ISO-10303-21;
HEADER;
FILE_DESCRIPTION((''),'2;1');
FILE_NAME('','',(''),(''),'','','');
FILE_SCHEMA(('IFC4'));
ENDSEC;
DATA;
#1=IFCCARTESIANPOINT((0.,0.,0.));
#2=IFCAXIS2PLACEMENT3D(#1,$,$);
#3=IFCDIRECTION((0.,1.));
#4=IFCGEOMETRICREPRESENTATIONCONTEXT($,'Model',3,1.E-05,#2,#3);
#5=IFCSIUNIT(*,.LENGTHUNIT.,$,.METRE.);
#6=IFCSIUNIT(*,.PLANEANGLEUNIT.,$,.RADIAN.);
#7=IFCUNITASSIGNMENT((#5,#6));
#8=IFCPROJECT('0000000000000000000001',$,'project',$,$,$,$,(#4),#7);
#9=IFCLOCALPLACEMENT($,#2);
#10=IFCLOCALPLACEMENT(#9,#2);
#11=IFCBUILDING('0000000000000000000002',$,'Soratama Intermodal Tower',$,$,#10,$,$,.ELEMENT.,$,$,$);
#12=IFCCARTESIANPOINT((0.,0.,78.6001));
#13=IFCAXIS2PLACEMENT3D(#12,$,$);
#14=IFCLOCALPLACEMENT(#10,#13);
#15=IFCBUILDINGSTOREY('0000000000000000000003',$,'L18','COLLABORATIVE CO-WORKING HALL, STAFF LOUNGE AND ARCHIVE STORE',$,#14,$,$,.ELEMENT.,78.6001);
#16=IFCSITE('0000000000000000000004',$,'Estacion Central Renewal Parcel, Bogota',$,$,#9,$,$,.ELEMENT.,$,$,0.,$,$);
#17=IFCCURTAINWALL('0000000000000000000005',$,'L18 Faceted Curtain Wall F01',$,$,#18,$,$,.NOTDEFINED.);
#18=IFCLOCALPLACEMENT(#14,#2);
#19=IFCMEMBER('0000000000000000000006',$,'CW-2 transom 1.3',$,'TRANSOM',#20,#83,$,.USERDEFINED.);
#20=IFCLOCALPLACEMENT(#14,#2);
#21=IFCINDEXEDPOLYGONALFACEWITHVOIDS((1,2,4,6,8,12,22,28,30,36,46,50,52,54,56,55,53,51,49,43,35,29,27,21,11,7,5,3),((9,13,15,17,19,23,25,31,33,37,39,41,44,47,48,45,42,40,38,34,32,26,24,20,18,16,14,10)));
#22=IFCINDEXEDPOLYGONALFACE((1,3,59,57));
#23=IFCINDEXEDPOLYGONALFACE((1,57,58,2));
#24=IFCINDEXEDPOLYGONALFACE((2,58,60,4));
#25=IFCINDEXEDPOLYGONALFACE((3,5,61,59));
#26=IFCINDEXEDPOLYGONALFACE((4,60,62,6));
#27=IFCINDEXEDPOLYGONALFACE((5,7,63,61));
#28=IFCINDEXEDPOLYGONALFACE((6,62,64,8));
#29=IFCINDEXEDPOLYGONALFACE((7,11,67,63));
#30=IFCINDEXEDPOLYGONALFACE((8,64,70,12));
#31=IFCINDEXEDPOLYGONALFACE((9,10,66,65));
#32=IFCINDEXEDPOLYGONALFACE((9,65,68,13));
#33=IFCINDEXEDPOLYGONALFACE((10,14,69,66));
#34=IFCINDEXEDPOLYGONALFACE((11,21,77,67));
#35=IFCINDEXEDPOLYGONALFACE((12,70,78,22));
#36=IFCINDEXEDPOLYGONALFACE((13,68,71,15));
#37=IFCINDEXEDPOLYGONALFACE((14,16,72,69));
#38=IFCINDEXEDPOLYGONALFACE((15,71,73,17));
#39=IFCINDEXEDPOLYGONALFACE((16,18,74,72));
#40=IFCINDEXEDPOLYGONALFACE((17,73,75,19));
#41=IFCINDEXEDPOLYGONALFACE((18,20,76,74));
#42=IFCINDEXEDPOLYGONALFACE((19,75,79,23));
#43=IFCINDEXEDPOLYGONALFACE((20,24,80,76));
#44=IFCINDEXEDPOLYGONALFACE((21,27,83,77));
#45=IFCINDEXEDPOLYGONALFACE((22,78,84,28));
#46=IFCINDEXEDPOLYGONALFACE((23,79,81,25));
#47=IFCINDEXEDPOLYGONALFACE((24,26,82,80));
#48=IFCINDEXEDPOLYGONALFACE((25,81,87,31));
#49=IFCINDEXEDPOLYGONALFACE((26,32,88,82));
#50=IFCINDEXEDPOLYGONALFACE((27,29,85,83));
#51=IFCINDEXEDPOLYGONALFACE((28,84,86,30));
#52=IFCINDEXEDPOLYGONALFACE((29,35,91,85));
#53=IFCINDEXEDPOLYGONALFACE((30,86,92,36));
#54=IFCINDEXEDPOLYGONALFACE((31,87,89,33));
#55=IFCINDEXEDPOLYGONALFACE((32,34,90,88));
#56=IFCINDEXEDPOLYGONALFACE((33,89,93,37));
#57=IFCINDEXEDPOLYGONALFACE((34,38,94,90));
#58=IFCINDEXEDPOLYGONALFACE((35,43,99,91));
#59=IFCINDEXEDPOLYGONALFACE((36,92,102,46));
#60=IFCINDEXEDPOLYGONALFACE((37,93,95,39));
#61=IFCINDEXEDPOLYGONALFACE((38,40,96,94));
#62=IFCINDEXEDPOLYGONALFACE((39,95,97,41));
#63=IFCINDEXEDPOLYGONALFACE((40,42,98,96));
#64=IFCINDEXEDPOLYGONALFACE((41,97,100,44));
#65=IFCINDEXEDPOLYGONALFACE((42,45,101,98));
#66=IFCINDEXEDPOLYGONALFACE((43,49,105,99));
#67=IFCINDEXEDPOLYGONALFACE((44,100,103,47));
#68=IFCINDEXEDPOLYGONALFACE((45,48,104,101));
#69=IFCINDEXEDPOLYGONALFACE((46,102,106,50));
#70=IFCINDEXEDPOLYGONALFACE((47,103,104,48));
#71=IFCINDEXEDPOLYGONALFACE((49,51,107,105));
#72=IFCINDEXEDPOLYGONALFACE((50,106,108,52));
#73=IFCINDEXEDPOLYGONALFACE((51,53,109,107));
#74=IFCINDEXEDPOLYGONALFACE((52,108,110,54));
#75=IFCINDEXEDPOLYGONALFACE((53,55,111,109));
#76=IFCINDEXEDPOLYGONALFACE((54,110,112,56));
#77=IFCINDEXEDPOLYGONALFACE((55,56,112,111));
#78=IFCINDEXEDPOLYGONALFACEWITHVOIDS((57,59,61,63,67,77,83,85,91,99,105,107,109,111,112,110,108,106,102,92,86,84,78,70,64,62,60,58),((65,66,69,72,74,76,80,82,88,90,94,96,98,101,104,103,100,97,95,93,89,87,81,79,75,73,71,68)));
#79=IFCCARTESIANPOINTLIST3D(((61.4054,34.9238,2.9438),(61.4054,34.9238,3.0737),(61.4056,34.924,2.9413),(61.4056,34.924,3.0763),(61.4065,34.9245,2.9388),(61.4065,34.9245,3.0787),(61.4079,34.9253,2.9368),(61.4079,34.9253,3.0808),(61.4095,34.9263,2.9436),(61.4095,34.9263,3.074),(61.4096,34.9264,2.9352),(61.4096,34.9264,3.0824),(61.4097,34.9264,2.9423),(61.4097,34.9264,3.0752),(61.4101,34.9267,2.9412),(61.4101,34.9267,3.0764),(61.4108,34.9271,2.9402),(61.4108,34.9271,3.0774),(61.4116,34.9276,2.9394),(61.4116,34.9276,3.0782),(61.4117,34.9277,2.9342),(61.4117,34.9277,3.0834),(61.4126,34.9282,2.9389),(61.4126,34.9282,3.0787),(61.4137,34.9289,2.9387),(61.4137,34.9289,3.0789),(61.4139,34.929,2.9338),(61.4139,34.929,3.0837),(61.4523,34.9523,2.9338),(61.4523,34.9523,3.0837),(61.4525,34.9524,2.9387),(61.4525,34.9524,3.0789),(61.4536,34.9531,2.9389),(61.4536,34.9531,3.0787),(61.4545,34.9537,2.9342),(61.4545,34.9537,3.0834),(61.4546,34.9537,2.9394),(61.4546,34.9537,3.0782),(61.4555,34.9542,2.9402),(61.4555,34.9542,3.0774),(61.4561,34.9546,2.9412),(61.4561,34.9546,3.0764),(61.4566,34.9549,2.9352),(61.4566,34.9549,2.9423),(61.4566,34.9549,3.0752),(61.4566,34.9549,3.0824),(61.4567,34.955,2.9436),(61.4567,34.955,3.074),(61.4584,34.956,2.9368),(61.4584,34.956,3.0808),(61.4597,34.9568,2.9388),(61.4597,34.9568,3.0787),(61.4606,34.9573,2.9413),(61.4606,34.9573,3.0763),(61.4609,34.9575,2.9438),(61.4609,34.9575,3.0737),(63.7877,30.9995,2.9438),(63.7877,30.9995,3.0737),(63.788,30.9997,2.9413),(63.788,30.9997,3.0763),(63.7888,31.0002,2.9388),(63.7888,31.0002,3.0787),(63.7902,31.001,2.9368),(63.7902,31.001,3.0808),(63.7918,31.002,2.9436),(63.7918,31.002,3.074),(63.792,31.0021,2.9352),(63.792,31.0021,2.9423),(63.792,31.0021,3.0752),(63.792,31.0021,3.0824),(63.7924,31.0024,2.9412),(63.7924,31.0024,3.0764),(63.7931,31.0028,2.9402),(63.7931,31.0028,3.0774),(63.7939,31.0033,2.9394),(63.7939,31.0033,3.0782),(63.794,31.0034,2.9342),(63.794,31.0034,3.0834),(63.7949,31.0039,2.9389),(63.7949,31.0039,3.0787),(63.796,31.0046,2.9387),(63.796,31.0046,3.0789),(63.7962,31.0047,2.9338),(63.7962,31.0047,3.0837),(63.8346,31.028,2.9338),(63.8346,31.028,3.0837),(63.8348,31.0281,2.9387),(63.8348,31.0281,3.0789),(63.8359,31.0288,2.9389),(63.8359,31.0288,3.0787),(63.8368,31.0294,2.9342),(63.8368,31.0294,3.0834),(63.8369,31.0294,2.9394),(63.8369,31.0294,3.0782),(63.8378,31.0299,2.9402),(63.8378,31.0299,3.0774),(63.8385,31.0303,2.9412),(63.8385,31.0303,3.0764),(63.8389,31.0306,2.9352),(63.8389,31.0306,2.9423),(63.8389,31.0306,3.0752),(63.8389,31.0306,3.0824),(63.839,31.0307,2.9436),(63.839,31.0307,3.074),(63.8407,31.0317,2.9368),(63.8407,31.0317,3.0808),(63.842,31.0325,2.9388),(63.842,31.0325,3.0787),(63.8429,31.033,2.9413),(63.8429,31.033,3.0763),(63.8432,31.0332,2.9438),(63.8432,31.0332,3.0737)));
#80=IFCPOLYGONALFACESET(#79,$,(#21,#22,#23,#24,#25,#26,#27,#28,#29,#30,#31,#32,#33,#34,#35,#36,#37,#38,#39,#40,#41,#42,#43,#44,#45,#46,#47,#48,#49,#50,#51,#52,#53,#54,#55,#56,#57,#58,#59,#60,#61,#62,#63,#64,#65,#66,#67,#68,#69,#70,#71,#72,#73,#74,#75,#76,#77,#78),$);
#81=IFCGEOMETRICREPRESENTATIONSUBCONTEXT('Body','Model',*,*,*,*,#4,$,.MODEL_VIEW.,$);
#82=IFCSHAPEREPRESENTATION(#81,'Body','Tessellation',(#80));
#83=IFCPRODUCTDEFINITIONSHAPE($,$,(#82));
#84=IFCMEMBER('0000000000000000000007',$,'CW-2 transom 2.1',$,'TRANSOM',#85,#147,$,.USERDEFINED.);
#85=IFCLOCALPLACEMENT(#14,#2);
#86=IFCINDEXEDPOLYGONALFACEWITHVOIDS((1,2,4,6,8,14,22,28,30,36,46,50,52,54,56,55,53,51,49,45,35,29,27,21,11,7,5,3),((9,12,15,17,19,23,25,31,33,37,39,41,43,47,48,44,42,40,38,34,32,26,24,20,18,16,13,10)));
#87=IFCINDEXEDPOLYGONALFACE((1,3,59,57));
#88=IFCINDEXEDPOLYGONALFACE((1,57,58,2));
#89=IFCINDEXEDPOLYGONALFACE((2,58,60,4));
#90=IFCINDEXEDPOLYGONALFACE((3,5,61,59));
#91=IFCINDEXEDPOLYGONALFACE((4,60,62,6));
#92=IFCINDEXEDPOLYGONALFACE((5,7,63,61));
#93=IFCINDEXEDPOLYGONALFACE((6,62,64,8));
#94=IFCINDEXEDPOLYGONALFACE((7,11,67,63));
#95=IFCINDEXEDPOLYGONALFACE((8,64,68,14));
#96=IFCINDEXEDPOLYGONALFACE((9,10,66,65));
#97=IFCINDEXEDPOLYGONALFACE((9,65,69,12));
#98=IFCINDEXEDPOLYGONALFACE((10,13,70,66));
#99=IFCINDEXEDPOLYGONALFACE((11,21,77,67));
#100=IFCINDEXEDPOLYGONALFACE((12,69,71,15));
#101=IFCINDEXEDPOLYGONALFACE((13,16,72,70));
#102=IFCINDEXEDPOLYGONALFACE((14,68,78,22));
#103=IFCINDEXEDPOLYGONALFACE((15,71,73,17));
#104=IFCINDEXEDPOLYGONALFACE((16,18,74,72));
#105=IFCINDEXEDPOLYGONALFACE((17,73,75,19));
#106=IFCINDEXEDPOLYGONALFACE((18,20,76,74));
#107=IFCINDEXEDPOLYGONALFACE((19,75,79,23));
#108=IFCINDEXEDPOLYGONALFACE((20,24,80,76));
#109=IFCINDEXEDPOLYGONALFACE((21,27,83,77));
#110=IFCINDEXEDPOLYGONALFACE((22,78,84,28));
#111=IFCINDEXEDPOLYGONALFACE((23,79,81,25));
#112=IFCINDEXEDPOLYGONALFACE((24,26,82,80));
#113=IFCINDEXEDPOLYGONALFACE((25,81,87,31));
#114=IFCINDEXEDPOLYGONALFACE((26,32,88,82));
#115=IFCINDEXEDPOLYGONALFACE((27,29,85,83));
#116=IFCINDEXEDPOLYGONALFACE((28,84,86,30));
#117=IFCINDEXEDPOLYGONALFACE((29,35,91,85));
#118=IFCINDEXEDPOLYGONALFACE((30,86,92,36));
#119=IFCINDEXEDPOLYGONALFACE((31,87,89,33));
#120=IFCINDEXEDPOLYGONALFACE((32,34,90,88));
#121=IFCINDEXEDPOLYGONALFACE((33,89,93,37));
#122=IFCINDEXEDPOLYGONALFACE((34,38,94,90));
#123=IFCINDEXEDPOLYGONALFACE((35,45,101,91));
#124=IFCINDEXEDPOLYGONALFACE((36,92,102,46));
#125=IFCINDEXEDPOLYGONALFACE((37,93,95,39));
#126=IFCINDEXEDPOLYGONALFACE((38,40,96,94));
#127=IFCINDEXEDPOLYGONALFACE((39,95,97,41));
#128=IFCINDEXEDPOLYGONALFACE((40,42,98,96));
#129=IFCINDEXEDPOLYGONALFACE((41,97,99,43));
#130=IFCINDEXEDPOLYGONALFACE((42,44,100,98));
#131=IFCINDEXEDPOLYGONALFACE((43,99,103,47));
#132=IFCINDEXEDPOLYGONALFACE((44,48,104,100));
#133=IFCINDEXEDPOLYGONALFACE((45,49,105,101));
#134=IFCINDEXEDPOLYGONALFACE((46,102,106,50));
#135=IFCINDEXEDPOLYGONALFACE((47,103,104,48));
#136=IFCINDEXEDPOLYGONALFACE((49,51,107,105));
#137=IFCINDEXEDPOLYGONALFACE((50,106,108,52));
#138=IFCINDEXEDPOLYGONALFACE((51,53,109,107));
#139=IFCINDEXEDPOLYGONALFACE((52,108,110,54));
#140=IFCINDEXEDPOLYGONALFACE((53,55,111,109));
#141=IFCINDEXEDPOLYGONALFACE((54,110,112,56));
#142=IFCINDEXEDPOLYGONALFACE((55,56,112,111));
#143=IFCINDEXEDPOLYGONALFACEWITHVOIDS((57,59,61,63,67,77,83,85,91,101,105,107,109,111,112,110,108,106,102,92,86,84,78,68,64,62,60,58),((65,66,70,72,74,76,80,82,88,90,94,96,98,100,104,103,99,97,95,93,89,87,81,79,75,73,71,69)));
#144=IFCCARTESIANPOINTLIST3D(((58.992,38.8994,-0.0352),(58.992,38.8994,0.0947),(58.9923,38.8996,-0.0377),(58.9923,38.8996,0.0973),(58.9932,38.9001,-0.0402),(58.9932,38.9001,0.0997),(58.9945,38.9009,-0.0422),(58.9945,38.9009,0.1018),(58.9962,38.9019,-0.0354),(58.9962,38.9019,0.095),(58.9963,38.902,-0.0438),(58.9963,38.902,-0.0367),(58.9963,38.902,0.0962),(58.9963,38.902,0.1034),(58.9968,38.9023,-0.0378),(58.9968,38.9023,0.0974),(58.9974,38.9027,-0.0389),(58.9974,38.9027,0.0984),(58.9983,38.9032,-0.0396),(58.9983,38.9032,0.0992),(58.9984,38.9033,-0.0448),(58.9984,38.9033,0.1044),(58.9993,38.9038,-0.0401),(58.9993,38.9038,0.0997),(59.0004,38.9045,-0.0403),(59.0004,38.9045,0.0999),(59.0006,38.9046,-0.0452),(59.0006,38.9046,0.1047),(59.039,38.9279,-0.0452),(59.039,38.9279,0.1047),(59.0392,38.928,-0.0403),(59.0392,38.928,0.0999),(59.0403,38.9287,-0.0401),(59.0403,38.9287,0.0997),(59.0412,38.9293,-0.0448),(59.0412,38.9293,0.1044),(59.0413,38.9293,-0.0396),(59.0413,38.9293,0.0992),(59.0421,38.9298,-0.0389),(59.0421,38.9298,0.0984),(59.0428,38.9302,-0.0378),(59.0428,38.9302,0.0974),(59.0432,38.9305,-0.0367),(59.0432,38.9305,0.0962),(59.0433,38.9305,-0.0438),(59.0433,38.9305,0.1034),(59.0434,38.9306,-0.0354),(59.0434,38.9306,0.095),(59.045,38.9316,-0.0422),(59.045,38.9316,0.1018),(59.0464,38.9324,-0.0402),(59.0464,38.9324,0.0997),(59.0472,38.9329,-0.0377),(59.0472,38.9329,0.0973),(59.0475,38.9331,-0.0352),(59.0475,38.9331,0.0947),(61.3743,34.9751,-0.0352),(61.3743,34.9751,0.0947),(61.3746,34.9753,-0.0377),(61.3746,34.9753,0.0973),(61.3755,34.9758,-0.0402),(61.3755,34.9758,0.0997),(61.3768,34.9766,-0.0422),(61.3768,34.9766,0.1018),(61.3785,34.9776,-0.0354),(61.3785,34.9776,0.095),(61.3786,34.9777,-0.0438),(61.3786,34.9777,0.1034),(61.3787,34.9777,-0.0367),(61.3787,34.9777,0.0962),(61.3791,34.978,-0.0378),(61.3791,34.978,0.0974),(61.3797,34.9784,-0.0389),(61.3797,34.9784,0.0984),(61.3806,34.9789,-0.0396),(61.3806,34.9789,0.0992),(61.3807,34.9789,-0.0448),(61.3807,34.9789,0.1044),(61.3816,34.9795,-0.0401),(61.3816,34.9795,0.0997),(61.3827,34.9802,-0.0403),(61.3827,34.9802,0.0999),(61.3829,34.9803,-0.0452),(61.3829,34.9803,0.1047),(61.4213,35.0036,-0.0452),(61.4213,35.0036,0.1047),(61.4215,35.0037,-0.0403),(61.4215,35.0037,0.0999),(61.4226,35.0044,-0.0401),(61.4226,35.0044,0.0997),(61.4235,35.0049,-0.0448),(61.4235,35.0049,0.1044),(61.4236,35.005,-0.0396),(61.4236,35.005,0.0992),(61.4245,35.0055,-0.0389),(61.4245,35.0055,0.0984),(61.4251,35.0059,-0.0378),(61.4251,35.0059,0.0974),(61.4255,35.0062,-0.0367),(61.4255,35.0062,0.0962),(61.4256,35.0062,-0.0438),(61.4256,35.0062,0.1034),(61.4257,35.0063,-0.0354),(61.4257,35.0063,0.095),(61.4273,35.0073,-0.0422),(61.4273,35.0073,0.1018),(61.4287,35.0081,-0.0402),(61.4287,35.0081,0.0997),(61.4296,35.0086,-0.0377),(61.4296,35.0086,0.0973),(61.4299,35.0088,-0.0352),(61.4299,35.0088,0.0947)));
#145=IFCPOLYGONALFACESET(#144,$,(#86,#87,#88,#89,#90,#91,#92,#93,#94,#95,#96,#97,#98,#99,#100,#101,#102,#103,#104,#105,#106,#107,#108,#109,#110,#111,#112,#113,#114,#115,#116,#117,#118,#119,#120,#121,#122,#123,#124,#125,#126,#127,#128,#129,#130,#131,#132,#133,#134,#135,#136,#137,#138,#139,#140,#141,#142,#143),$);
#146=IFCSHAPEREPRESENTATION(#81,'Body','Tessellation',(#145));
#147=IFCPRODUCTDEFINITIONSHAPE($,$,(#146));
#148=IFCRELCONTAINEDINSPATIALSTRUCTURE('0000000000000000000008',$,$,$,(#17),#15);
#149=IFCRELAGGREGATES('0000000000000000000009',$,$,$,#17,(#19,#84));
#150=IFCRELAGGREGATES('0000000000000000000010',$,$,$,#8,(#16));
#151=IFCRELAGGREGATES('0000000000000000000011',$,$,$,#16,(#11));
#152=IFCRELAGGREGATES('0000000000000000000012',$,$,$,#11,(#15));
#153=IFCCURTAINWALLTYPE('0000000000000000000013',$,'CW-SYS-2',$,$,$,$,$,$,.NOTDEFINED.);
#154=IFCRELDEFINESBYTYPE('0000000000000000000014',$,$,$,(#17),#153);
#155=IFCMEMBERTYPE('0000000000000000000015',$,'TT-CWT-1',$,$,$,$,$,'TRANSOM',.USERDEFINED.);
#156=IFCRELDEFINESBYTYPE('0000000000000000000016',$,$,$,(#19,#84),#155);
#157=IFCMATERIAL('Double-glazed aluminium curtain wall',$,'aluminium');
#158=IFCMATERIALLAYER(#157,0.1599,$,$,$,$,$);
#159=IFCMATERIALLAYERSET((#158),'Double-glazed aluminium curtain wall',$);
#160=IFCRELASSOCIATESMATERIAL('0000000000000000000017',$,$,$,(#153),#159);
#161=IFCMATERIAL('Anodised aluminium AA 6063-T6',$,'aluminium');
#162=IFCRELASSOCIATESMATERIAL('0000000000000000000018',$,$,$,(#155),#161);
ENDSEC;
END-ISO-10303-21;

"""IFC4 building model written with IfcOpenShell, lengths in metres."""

from ifc_helpers import new_model, si_unit, direction, frame, origin, origin_2d, place, context, subcontext, project, spatial, hollow_rectangle, extrude, material, layer, layer_set, material_profile, profile_set, type_object, element, aggregate, save


model = new_model("IFC4")

# Units and contexts
model_context = context("Model", 3, precision=1e-05, world=origin(), true_north=direction((0.0, 1.0)))
body_context = subcontext(model_context, "Body", "Model", "MODEL_VIEW")
ifc_project = project(units=[si_unit("LENGTHUNIT", "METRE"), si_unit("PLANEANGLEUNIT", "RADIAN")], contexts=[model_context])

# Site, building, storey
site_placement = place(None, origin())
site = spatial("IfcSite", under=ifc_project, at=site_placement, Name="Estacion Central Renewal Parcel, Bogota", CompositionType="ELEMENT", RefElevation=0.0)
building_placement = place(site_placement, origin())
building = spatial("IfcBuilding", under=site, at=building_placement, Name="Soratama Intermodal Tower", CompositionType="ELEMENT")
storey_placement = place(building_placement, frame((0.0, 0.0, 78.6001)))
storey = spatial("IfcBuildingStorey", under=building, at=storey_placement, Name="L18", Description="COLLABORATIVE CO-WORKING HALL, STAFF LOUNGE AND ARCHIVE STORE", CompositionType="ELEMENT", Elevation=78.6001)

# Curtain wall, members
ifc_material_1 = material(Name="Double-glazed aluminium curtain wall", Category="aluminium")
ifc_layer_1 = layer(ifc_material_1, 0.1599)
ifc_layer_set_1 = layer_set([ifc_layer_1], Name="Double-glazed aluminium curtain wall")
curtain_wall_type = type_object("IfcCurtainWallType", Name="CW-SYS-2", PredefinedType="NOTDEFINED", material=ifc_layer_set_1)
curtain_wall_placement = place(storey_placement, origin())
curtain_wall = element("IfcCurtainWall", 1, at=curtain_wall_placement, inside=storey, type_object=curtain_wall_type, Name="L18 Faceted Curtain Wall F01", PredefinedType="NOTDEFINED")
ifc_material_2 = material(Name="Anodised aluminium AA 6063-T6", Category="aluminium")
ifc_material_profile_1 = material_profile(ifc_material_2, hollow_rectangle(XDim=0.0649, YDim=0.1499, WallThickness=0.0049, InnerFilletRadius=0.0049, OuterFilletRadius=0.01, at=origin_2d()), Name="CWT150X65X5")
ifc_profile_set_1 = profile_set([ifc_material_profile_1], Name="Anodised aluminium AA 6063-T6")
member_type_1 = type_object("IfcMemberType", Name="TT-CWT-1", ElementType="TRANSOM", PredefinedType="USERDEFINED", material=ifc_profile_set_1)
member_1_placement = place(storey_placement, frame((63.8154, 31.0164, 3.0088), z_axis=(-0.518931, 0.854816, 0.0), x_axis=(-0.854816, -0.518931, 0.0)))
member_1 = element("IfcMember", 2, at=member_1_placement, type_object=member_type_1, Name="CW-2 transom 1.3", ObjectType="TRANSOM", PredefinedType="USERDEFINED", context=body_context, shape_type="SweptSolid", body=[
    extrude(hollow_rectangle(XDim=0.0649, YDim=0.1499, WallThickness=0.0049, InnerFilletRadius=0.0049, OuterFilletRadius=0.01, at=origin_2d()), origin(), (0.0, 0.0, 1.0), 4.5908),
])
member_2_placement = place(storey_placement, frame((61.4021, 34.9919, 0.0298), z_axis=(-0.518931, 0.854816, 0.0), x_axis=(-0.854816, -0.518931, 0.0)))
member_2 = element("IfcMember", 3, at=member_2_placement, type_object=member_type_1, Name="CW-2 transom 2.1", ObjectType="TRANSOM", PredefinedType="USERDEFINED", context=body_context, shape_type="SweptSolid", body=[
    extrude(hollow_rectangle(XDim=0.0649, YDim=0.1499, WallThickness=0.0049, InnerFilletRadius=0.0049, OuterFilletRadius=0.01, at=origin_2d()), origin(), (0.0, 0.0, 1.0), 4.5908),
])
aggregate(curtain_wall, [member_1, member_2])

save(model, "model.ifc")
